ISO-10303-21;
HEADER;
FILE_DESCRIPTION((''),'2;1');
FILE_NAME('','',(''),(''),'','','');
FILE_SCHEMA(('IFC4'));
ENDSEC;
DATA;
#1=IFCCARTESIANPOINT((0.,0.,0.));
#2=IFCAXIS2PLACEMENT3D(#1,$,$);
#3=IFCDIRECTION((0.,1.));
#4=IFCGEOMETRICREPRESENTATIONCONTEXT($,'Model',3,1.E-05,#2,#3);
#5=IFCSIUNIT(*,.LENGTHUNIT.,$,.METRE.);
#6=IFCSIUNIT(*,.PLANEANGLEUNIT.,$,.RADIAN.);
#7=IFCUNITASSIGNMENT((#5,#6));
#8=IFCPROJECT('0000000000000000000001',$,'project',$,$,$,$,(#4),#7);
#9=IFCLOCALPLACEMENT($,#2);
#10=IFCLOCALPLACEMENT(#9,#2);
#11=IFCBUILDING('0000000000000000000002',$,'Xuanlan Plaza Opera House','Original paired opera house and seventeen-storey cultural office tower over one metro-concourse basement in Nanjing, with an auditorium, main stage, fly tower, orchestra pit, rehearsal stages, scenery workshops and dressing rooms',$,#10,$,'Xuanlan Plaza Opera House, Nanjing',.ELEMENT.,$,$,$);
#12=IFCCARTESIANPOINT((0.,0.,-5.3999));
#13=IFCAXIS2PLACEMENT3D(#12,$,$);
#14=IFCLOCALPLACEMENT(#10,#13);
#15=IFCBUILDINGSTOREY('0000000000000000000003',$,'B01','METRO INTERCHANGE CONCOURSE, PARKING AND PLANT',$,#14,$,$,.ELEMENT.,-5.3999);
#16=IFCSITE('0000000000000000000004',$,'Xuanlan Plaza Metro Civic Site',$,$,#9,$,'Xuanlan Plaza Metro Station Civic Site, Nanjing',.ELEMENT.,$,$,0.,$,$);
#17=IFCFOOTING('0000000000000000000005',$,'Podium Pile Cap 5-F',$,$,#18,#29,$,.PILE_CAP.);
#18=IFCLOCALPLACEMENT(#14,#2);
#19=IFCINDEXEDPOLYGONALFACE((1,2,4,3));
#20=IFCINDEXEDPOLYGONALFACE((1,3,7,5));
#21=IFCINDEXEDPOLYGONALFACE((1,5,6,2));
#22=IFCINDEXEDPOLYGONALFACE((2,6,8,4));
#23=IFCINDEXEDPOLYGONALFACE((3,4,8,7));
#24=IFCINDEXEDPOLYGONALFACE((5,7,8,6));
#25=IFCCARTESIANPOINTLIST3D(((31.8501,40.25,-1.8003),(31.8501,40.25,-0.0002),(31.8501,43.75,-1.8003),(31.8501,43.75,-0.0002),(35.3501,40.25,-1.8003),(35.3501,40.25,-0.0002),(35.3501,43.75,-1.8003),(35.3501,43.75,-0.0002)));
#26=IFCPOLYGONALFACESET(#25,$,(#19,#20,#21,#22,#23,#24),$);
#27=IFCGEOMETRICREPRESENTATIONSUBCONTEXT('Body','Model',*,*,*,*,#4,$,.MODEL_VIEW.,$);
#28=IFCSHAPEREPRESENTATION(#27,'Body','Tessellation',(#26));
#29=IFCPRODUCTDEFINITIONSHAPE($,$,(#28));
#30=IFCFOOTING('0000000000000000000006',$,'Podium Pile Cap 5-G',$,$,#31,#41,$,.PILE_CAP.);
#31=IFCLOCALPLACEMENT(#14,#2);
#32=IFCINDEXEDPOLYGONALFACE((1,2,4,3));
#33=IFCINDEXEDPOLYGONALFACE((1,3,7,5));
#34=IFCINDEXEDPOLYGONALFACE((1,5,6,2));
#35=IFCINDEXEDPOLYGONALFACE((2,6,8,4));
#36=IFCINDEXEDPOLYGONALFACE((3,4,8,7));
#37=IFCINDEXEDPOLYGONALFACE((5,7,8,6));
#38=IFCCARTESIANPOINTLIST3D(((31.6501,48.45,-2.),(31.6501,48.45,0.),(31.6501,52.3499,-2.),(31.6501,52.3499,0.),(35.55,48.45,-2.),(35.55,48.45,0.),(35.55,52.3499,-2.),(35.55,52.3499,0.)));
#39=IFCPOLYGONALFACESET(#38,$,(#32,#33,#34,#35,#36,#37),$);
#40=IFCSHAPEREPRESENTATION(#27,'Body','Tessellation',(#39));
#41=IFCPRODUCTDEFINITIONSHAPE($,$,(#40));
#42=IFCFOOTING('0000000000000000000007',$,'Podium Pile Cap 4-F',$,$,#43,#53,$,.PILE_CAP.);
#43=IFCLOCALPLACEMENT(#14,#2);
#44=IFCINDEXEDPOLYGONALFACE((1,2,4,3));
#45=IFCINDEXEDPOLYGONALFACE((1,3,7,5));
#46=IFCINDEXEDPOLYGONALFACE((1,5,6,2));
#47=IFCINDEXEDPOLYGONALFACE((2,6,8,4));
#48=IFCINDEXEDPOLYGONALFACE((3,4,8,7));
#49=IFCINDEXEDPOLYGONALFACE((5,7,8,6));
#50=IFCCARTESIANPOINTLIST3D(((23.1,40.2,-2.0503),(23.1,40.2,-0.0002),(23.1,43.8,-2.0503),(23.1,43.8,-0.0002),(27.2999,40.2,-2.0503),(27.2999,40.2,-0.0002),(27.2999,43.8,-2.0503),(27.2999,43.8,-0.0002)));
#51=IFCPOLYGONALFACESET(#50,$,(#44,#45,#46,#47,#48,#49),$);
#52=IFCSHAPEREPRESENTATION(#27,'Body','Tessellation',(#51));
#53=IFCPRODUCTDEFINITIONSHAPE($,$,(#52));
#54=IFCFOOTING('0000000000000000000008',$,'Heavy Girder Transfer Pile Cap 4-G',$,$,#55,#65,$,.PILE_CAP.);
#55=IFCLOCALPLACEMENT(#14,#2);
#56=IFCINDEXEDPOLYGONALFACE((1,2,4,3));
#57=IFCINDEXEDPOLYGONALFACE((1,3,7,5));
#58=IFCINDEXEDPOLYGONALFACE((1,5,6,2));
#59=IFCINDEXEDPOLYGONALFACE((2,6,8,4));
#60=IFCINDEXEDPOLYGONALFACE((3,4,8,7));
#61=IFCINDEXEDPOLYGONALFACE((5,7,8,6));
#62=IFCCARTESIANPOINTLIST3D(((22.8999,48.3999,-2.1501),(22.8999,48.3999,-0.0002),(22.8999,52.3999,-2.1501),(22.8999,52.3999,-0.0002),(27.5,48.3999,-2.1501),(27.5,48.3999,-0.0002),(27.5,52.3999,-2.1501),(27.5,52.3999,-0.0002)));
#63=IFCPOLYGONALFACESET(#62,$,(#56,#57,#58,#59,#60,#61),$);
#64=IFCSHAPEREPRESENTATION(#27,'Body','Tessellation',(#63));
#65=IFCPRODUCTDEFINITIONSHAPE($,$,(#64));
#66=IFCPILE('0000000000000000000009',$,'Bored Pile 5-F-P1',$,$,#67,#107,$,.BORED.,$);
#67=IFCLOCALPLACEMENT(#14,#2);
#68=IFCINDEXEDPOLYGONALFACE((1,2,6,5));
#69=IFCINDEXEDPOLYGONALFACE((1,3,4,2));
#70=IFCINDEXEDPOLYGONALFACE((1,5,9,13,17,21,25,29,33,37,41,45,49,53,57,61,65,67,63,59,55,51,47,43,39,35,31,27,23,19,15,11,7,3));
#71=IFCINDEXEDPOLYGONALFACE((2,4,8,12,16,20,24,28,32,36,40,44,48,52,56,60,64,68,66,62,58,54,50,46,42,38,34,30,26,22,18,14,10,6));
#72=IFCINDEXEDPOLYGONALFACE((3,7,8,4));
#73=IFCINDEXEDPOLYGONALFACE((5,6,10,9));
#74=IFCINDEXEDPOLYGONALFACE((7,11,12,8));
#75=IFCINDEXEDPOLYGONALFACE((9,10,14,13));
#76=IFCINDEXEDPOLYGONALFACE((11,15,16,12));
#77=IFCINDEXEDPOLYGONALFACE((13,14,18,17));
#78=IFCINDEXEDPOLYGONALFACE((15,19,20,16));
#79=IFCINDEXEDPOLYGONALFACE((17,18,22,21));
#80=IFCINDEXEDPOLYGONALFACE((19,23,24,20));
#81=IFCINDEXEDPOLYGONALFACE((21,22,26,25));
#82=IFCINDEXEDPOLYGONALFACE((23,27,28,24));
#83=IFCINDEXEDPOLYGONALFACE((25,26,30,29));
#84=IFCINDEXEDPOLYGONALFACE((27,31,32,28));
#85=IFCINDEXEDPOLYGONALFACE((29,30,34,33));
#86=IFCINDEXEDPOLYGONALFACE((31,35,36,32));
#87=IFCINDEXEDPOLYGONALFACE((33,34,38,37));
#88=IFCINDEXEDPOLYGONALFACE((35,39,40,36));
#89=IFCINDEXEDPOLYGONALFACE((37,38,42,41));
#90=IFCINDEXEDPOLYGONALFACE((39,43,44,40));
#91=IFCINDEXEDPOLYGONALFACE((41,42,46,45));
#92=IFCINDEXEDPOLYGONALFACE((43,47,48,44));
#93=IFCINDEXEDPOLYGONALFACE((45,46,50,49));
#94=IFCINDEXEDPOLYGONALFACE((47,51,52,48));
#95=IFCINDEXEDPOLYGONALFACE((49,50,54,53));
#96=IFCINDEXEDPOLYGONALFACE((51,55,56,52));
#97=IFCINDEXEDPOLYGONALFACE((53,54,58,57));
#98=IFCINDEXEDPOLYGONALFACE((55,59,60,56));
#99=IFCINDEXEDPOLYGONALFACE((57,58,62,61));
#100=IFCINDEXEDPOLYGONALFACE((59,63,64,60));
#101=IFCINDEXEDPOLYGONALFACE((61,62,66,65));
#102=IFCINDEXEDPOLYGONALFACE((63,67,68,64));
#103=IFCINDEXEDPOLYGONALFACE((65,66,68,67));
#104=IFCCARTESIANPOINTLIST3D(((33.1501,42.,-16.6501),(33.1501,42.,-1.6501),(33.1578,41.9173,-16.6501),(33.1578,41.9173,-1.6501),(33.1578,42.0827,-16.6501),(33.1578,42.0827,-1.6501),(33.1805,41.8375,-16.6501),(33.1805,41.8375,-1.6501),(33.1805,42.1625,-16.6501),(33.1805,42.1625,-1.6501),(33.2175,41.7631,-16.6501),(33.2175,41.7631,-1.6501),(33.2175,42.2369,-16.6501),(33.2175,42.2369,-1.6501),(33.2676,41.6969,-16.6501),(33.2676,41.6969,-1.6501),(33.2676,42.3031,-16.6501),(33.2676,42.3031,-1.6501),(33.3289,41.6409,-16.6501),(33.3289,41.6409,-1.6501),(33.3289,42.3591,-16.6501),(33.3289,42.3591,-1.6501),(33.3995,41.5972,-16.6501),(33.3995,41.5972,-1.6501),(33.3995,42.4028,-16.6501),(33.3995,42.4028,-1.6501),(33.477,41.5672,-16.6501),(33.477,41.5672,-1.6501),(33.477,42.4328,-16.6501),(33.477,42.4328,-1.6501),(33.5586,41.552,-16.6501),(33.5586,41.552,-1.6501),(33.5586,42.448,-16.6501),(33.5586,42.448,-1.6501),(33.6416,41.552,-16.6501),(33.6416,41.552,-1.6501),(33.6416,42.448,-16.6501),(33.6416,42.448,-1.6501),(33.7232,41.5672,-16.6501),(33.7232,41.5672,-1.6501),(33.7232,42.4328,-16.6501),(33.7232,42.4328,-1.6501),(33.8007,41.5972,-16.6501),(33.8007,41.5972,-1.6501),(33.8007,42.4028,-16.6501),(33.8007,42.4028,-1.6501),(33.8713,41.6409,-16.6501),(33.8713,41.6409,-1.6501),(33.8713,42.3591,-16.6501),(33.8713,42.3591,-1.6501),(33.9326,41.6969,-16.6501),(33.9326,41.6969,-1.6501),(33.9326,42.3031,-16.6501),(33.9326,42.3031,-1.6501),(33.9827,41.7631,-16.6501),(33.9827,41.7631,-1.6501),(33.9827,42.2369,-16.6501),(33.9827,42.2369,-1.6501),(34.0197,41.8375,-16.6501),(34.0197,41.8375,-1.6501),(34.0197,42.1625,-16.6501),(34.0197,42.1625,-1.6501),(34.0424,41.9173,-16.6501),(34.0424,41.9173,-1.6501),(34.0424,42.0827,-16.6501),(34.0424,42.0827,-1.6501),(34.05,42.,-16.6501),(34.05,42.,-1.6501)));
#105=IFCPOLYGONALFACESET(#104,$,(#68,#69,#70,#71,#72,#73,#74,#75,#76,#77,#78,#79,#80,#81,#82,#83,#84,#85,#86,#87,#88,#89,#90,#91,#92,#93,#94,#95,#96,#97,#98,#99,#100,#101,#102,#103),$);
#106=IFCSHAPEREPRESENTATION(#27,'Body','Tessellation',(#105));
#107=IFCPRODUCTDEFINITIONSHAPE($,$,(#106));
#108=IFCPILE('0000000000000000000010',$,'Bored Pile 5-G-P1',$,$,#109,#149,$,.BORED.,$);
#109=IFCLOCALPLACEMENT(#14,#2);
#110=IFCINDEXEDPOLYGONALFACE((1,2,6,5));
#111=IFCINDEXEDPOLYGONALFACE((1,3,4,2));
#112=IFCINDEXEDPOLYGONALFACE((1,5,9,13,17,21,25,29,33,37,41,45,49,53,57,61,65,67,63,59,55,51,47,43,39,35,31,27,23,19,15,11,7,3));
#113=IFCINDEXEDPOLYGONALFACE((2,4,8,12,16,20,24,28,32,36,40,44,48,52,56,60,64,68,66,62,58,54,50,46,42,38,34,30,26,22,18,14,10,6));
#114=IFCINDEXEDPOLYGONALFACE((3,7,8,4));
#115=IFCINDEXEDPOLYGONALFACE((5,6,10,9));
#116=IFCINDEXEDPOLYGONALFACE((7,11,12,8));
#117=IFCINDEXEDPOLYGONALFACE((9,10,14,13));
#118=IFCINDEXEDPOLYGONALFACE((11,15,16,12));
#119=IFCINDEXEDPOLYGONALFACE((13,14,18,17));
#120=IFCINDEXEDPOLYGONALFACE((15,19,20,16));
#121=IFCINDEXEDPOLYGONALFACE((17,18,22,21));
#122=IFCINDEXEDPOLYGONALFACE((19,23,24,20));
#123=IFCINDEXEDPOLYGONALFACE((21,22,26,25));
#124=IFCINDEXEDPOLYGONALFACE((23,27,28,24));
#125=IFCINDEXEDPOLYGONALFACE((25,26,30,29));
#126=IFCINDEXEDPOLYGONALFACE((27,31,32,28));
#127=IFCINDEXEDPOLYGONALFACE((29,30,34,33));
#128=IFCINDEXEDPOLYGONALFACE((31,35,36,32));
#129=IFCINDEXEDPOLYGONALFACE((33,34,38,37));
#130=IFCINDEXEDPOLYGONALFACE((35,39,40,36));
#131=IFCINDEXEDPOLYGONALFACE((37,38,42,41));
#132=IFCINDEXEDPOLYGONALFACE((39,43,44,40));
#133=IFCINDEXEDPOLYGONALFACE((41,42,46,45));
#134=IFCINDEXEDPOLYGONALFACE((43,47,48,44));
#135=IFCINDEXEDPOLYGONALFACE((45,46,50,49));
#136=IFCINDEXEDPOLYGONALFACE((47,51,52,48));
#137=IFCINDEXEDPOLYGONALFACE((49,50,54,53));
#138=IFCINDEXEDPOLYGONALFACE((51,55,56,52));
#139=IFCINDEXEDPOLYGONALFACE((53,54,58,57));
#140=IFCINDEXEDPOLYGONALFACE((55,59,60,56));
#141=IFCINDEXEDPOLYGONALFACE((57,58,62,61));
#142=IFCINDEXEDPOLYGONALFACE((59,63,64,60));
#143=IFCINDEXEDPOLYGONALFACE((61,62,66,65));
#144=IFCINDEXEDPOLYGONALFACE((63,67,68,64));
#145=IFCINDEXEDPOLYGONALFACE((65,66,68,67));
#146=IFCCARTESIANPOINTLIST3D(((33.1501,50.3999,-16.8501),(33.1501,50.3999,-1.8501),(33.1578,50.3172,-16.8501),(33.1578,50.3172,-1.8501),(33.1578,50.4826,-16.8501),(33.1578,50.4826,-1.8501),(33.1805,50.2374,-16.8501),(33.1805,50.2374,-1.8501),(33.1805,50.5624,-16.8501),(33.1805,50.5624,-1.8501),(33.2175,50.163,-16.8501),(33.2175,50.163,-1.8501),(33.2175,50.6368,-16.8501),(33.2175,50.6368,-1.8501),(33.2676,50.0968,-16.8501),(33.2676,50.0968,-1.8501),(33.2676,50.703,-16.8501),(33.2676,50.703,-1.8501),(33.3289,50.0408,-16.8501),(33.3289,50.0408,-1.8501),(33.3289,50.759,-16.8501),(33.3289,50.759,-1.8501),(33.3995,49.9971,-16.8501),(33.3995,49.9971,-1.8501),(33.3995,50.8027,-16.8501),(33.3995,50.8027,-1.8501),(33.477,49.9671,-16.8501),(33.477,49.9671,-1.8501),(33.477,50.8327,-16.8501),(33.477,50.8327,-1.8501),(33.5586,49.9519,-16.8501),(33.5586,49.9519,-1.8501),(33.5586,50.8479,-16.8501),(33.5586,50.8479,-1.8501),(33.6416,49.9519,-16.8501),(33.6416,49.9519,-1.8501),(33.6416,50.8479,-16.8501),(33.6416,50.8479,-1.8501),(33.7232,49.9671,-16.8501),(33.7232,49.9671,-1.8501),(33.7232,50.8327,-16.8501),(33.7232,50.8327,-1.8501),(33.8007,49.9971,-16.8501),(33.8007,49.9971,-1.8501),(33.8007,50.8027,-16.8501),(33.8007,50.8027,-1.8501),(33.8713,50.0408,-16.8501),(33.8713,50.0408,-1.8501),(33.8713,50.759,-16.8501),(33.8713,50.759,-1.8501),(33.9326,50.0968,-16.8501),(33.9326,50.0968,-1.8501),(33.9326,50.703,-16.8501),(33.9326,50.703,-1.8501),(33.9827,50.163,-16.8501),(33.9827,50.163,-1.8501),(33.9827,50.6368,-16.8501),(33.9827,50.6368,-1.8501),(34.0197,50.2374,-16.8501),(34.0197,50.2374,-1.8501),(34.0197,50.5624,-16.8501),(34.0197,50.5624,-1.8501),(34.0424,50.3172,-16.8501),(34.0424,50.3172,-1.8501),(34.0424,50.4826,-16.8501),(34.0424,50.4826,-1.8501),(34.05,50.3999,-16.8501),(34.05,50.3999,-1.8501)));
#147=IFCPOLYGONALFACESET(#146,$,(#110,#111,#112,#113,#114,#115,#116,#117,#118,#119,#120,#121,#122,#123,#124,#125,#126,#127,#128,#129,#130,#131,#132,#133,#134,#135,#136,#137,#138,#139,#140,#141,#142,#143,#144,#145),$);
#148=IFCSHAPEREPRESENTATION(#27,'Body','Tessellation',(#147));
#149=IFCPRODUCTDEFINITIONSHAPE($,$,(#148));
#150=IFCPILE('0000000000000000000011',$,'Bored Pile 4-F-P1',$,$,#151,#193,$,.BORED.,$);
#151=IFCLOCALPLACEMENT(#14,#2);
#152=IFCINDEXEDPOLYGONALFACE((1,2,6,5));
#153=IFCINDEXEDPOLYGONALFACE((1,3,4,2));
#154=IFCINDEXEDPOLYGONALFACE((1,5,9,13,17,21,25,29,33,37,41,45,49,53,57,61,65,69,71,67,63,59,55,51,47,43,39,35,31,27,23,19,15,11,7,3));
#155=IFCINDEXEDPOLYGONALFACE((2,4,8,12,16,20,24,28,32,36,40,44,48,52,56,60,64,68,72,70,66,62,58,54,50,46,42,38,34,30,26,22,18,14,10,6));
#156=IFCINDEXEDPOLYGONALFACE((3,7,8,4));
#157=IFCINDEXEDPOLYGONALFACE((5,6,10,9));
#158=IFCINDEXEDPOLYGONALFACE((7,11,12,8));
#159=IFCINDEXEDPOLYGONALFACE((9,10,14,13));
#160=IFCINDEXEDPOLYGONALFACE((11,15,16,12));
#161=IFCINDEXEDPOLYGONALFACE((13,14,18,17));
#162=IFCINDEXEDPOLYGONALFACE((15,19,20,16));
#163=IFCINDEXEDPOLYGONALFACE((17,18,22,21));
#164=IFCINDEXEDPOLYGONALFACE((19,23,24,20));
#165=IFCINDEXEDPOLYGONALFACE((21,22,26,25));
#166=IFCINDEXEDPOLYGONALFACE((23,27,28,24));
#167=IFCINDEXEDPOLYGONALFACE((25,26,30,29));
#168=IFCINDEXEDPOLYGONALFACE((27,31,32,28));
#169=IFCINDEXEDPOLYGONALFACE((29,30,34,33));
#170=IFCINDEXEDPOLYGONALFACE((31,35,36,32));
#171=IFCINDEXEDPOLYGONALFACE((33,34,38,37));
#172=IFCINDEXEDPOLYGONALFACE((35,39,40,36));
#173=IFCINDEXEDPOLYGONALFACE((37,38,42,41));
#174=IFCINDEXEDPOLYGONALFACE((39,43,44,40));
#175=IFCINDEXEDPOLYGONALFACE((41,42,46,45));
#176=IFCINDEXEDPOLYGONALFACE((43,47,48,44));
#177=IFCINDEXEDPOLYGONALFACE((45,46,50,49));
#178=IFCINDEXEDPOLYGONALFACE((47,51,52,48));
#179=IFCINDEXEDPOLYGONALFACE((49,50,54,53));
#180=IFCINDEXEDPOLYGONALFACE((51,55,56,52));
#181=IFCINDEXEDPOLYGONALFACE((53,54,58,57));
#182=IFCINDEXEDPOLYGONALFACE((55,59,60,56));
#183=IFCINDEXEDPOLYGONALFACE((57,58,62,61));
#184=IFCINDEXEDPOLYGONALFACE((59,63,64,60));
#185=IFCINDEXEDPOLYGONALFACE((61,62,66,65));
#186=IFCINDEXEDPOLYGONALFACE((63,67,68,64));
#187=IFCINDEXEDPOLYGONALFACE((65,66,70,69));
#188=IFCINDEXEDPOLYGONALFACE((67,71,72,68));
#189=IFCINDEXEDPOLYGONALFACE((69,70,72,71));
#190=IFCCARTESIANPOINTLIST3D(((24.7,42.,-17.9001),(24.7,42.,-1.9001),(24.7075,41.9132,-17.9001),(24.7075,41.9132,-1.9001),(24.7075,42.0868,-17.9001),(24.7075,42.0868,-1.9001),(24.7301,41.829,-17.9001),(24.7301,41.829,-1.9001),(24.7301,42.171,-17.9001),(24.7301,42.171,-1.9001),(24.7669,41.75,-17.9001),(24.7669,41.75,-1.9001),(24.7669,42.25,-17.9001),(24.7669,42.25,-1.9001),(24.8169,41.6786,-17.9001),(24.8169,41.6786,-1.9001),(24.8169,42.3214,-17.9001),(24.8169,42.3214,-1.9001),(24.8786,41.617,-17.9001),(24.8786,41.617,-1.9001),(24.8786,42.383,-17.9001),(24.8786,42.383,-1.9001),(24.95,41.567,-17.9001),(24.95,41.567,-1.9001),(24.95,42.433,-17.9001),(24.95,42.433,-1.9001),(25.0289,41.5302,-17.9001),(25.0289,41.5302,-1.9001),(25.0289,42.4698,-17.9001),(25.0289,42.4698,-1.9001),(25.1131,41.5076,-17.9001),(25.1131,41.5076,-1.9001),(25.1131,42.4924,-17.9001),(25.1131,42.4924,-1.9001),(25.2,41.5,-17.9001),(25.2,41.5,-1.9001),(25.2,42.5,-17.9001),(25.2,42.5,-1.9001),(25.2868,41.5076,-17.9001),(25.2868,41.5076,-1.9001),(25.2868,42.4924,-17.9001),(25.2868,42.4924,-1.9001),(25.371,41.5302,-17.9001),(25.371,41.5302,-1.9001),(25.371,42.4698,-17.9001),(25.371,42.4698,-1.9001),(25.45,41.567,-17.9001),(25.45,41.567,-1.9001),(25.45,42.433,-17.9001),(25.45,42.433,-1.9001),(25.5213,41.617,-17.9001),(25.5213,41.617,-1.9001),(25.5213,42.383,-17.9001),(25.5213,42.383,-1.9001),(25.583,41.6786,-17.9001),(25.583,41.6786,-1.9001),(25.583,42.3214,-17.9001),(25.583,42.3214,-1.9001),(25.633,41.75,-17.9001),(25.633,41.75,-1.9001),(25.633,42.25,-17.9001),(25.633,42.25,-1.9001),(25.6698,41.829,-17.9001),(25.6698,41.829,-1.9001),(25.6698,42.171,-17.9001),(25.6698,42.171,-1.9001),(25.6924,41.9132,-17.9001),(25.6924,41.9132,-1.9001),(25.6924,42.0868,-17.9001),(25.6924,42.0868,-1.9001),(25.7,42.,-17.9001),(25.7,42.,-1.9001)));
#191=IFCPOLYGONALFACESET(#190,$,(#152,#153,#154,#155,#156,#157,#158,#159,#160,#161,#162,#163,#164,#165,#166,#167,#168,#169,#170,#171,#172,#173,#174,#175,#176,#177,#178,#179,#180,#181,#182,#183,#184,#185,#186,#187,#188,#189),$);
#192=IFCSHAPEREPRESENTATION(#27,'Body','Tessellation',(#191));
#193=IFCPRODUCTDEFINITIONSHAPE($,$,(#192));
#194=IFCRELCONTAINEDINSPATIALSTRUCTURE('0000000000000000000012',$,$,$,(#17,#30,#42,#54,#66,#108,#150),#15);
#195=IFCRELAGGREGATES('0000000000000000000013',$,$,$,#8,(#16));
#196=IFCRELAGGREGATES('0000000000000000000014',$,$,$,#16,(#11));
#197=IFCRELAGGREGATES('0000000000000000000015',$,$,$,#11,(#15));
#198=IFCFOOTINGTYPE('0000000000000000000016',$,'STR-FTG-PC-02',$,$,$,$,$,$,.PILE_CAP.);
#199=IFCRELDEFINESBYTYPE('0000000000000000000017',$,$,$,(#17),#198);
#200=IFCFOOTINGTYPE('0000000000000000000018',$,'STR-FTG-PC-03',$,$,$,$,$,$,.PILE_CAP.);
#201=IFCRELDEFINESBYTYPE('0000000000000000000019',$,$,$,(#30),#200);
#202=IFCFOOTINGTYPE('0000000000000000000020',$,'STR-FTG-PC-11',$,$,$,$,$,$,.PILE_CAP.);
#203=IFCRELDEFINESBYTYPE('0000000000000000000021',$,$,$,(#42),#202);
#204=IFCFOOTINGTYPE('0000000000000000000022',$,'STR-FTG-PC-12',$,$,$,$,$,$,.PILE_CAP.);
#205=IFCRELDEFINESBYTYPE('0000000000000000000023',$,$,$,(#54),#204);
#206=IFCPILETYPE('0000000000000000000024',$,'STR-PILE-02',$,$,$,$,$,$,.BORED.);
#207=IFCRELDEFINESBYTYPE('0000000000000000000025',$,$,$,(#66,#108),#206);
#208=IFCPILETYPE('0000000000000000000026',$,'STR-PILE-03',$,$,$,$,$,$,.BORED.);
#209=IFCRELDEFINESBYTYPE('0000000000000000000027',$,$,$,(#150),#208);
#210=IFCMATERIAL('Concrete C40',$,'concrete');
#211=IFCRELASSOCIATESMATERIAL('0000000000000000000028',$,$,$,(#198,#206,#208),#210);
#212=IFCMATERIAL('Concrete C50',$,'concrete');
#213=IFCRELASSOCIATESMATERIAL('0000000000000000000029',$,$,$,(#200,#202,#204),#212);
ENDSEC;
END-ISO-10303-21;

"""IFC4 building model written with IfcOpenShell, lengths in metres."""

from ifc_helpers import new_model, si_unit, direction, frame, origin, origin_2d, place, context, subcontext, project, spatial, rectangle, circle, extrude, material, material_profile, profile_set, type_object, element, save


model = new_model("IFC4")

# Units and contexts
model_context = context("Model", 3, precision=1e-05, world=origin(), true_north=direction((0.0, 1.0)))
body_context = subcontext(model_context, "Body", "Model", "MODEL_VIEW")
ifc_project = project(units=[si_unit("LENGTHUNIT", "METRE"), si_unit("PLANEANGLEUNIT", "RADIAN")], contexts=[model_context])

# Site, building, storey
site_placement = place(None, origin())
site = spatial("IfcSite", under=ifc_project, at=site_placement, Name="Xuanlan Plaza Metro Civic Site", LongName="Xuanlan Plaza Metro Station Civic Site, Nanjing", CompositionType="ELEMENT", RefElevation=0.0)
building_placement = place(site_placement, origin())
building = spatial("IfcBuilding", under=site, at=building_placement, Name="Xuanlan Plaza Opera House", Description="Original paired opera house and seventeen-storey cultural office tower over one metro-concourse basement in Nanjing, with an auditorium, main stage, fly tower, orchestra pit, rehearsal stages, scenery workshops and dressing rooms", LongName="Xuanlan Plaza Opera House, Nanjing", CompositionType="ELEMENT")
storey_placement = place(building_placement, frame((0.0, 0.0, -5.3999)))
storey = spatial("IfcBuildingStorey", under=building, at=storey_placement, Name="B01", Description="METRO INTERCHANGE CONCOURSE, PARKING AND PLANT", CompositionType="ELEMENT", Elevation=-5.3999)

# Footings
ifc_material_1 = material(Name="Concrete C40", Category="concrete")
footing_type_1 = type_object("IfcFootingType", Name="STR-FTG-PC-02", PredefinedType="PILE_CAP", material=ifc_material_1)
footing_1_placement = place(storey_placement, frame((33.6001, 42.0, -1.8003), z_axis=(0.0, 0.0, 1.0), x_axis=(1.0, 0.0, 0.0)))
element("IfcFooting", 1, at=footing_1_placement, inside=storey, type_object=footing_type_1, Name="Podium Pile Cap 5-F", PredefinedType="PILE_CAP", context=body_context, shape_type="SweptSolid", body=[
    extrude(rectangle(XDim=3.5, YDim=3.5, at=origin_2d()), origin(), (0.0, 0.0, 1.0), 1.8),
])
ifc_material_2 = material(Name="Concrete C50", Category="concrete")
footing_type_2 = type_object("IfcFootingType", Name="STR-FTG-PC-03", PredefinedType="PILE_CAP", material=ifc_material_2)
footing_2_placement = place(storey_placement, frame((33.6001, 50.3999, -2.0), z_axis=(0.0, 0.0, 1.0), x_axis=(1.0, 0.0, 0.0)))
element("IfcFooting", 2, at=footing_2_placement, inside=storey, type_object=footing_type_2, Name="Podium Pile Cap 5-G", PredefinedType="PILE_CAP", context=body_context, shape_type="SweptSolid", body=[
    extrude(rectangle(XDim=3.8999, YDim=3.8999, at=origin_2d()), origin(), (0.0, 0.0, 1.0), 2.0),
])
footing_type_3 = type_object("IfcFootingType", Name="STR-FTG-PC-11", PredefinedType="PILE_CAP", material=ifc_material_2)
footing_3_placement = place(storey_placement, frame((25.2, 42.0, -2.0503), z_axis=(0.0, 0.0, 1.0), x_axis=(1.0, 0.0, 0.0)))
element("IfcFooting", 3, at=footing_3_placement, inside=storey, type_object=footing_type_3, Name="Podium Pile Cap 4-F", PredefinedType="PILE_CAP", context=body_context, shape_type="SweptSolid", body=[
    extrude(rectangle(XDim=4.2, YDim=3.6001, at=origin_2d()), origin(), (0.0, 0.0, 1.0), 2.05),
])
footing_type_4 = type_object("IfcFootingType", Name="STR-FTG-PC-12", PredefinedType="PILE_CAP", material=ifc_material_2)
footing_4_placement = place(storey_placement, frame((25.2, 50.3999, -2.1501), z_axis=(0.0, 0.0, 1.0), x_axis=(1.0, 0.0, 0.0)))
element("IfcFooting", 4, at=footing_4_placement, inside=storey, type_object=footing_type_4, Name="Heavy Girder Transfer Pile Cap 4-G", PredefinedType="PILE_CAP", context=body_context, shape_type="SweptSolid", body=[
    extrude(rectangle(XDim=4.6001, YDim=4.0, at=origin_2d()), origin(), (0.0, 0.0, 1.0), 2.1499),
])

# Piles
ifc_material_profile_1 = material_profile(ifc_material_1, circle(Radius=0.45, at=origin_2d()), Name="PILE D900")
ifc_profile_set_1 = profile_set([ifc_material_profile_1], Name="Concrete C40")
pile_type_1 = type_object("IfcPileType", Name="STR-PILE-02", PredefinedType="BORED", material=ifc_profile_set_1)
for number, where, z_axis, x_axis, name in (
    (5, (33.6001, 42.0, -1.6501), (0.0, 0.0, -1.0), (1.0, 0.0, 0.0), "Bored Pile 5-F-P1"),
    (6, (33.6001, 50.3999, -1.8501), (0.0, 0.0, -1.0), (1.0, 0.0, 0.0), "Bored Pile 5-G-P1"),
):
    element("IfcPile", number, at=place(storey_placement, frame(where, z_axis=z_axis, x_axis=x_axis)), inside=storey, type_object=pile_type_1, Name=name, PredefinedType="BORED", context=body_context, shape_type="SweptSolid", body=[
        extrude(circle(Radius=0.45, at=origin_2d()), origin(), (0.0, 0.0, 1.0), 15.0),
    ])
ifc_material_profile_2 = material_profile(ifc_material_1, circle(Radius=0.5, at=origin_2d()), Name="PILE D1000")
ifc_profile_set_2 = profile_set([ifc_material_profile_2], Name="Concrete C40")
pile_type_2 = type_object("IfcPileType", Name="STR-PILE-03", PredefinedType="BORED", material=ifc_profile_set_2)
for number, where, z_axis, x_axis, name in (
    (7, (25.2, 42.0, -1.9001), (0.0, 0.0, -1.0), (1.0, 0.0, 0.0), "Bored Pile 4-F-P1"),
):
    element("IfcPile", number, at=place(storey_placement, frame(where, z_axis=z_axis, x_axis=x_axis)), inside=storey, type_object=pile_type_2, Name=name, PredefinedType="BORED", context=body_context, shape_type="SweptSolid", body=[
        extrude(circle(Radius=0.5, at=origin_2d()), origin(), (0.0, 0.0, 1.0), 16.0),
    ])

save(model, "model.ifc")
